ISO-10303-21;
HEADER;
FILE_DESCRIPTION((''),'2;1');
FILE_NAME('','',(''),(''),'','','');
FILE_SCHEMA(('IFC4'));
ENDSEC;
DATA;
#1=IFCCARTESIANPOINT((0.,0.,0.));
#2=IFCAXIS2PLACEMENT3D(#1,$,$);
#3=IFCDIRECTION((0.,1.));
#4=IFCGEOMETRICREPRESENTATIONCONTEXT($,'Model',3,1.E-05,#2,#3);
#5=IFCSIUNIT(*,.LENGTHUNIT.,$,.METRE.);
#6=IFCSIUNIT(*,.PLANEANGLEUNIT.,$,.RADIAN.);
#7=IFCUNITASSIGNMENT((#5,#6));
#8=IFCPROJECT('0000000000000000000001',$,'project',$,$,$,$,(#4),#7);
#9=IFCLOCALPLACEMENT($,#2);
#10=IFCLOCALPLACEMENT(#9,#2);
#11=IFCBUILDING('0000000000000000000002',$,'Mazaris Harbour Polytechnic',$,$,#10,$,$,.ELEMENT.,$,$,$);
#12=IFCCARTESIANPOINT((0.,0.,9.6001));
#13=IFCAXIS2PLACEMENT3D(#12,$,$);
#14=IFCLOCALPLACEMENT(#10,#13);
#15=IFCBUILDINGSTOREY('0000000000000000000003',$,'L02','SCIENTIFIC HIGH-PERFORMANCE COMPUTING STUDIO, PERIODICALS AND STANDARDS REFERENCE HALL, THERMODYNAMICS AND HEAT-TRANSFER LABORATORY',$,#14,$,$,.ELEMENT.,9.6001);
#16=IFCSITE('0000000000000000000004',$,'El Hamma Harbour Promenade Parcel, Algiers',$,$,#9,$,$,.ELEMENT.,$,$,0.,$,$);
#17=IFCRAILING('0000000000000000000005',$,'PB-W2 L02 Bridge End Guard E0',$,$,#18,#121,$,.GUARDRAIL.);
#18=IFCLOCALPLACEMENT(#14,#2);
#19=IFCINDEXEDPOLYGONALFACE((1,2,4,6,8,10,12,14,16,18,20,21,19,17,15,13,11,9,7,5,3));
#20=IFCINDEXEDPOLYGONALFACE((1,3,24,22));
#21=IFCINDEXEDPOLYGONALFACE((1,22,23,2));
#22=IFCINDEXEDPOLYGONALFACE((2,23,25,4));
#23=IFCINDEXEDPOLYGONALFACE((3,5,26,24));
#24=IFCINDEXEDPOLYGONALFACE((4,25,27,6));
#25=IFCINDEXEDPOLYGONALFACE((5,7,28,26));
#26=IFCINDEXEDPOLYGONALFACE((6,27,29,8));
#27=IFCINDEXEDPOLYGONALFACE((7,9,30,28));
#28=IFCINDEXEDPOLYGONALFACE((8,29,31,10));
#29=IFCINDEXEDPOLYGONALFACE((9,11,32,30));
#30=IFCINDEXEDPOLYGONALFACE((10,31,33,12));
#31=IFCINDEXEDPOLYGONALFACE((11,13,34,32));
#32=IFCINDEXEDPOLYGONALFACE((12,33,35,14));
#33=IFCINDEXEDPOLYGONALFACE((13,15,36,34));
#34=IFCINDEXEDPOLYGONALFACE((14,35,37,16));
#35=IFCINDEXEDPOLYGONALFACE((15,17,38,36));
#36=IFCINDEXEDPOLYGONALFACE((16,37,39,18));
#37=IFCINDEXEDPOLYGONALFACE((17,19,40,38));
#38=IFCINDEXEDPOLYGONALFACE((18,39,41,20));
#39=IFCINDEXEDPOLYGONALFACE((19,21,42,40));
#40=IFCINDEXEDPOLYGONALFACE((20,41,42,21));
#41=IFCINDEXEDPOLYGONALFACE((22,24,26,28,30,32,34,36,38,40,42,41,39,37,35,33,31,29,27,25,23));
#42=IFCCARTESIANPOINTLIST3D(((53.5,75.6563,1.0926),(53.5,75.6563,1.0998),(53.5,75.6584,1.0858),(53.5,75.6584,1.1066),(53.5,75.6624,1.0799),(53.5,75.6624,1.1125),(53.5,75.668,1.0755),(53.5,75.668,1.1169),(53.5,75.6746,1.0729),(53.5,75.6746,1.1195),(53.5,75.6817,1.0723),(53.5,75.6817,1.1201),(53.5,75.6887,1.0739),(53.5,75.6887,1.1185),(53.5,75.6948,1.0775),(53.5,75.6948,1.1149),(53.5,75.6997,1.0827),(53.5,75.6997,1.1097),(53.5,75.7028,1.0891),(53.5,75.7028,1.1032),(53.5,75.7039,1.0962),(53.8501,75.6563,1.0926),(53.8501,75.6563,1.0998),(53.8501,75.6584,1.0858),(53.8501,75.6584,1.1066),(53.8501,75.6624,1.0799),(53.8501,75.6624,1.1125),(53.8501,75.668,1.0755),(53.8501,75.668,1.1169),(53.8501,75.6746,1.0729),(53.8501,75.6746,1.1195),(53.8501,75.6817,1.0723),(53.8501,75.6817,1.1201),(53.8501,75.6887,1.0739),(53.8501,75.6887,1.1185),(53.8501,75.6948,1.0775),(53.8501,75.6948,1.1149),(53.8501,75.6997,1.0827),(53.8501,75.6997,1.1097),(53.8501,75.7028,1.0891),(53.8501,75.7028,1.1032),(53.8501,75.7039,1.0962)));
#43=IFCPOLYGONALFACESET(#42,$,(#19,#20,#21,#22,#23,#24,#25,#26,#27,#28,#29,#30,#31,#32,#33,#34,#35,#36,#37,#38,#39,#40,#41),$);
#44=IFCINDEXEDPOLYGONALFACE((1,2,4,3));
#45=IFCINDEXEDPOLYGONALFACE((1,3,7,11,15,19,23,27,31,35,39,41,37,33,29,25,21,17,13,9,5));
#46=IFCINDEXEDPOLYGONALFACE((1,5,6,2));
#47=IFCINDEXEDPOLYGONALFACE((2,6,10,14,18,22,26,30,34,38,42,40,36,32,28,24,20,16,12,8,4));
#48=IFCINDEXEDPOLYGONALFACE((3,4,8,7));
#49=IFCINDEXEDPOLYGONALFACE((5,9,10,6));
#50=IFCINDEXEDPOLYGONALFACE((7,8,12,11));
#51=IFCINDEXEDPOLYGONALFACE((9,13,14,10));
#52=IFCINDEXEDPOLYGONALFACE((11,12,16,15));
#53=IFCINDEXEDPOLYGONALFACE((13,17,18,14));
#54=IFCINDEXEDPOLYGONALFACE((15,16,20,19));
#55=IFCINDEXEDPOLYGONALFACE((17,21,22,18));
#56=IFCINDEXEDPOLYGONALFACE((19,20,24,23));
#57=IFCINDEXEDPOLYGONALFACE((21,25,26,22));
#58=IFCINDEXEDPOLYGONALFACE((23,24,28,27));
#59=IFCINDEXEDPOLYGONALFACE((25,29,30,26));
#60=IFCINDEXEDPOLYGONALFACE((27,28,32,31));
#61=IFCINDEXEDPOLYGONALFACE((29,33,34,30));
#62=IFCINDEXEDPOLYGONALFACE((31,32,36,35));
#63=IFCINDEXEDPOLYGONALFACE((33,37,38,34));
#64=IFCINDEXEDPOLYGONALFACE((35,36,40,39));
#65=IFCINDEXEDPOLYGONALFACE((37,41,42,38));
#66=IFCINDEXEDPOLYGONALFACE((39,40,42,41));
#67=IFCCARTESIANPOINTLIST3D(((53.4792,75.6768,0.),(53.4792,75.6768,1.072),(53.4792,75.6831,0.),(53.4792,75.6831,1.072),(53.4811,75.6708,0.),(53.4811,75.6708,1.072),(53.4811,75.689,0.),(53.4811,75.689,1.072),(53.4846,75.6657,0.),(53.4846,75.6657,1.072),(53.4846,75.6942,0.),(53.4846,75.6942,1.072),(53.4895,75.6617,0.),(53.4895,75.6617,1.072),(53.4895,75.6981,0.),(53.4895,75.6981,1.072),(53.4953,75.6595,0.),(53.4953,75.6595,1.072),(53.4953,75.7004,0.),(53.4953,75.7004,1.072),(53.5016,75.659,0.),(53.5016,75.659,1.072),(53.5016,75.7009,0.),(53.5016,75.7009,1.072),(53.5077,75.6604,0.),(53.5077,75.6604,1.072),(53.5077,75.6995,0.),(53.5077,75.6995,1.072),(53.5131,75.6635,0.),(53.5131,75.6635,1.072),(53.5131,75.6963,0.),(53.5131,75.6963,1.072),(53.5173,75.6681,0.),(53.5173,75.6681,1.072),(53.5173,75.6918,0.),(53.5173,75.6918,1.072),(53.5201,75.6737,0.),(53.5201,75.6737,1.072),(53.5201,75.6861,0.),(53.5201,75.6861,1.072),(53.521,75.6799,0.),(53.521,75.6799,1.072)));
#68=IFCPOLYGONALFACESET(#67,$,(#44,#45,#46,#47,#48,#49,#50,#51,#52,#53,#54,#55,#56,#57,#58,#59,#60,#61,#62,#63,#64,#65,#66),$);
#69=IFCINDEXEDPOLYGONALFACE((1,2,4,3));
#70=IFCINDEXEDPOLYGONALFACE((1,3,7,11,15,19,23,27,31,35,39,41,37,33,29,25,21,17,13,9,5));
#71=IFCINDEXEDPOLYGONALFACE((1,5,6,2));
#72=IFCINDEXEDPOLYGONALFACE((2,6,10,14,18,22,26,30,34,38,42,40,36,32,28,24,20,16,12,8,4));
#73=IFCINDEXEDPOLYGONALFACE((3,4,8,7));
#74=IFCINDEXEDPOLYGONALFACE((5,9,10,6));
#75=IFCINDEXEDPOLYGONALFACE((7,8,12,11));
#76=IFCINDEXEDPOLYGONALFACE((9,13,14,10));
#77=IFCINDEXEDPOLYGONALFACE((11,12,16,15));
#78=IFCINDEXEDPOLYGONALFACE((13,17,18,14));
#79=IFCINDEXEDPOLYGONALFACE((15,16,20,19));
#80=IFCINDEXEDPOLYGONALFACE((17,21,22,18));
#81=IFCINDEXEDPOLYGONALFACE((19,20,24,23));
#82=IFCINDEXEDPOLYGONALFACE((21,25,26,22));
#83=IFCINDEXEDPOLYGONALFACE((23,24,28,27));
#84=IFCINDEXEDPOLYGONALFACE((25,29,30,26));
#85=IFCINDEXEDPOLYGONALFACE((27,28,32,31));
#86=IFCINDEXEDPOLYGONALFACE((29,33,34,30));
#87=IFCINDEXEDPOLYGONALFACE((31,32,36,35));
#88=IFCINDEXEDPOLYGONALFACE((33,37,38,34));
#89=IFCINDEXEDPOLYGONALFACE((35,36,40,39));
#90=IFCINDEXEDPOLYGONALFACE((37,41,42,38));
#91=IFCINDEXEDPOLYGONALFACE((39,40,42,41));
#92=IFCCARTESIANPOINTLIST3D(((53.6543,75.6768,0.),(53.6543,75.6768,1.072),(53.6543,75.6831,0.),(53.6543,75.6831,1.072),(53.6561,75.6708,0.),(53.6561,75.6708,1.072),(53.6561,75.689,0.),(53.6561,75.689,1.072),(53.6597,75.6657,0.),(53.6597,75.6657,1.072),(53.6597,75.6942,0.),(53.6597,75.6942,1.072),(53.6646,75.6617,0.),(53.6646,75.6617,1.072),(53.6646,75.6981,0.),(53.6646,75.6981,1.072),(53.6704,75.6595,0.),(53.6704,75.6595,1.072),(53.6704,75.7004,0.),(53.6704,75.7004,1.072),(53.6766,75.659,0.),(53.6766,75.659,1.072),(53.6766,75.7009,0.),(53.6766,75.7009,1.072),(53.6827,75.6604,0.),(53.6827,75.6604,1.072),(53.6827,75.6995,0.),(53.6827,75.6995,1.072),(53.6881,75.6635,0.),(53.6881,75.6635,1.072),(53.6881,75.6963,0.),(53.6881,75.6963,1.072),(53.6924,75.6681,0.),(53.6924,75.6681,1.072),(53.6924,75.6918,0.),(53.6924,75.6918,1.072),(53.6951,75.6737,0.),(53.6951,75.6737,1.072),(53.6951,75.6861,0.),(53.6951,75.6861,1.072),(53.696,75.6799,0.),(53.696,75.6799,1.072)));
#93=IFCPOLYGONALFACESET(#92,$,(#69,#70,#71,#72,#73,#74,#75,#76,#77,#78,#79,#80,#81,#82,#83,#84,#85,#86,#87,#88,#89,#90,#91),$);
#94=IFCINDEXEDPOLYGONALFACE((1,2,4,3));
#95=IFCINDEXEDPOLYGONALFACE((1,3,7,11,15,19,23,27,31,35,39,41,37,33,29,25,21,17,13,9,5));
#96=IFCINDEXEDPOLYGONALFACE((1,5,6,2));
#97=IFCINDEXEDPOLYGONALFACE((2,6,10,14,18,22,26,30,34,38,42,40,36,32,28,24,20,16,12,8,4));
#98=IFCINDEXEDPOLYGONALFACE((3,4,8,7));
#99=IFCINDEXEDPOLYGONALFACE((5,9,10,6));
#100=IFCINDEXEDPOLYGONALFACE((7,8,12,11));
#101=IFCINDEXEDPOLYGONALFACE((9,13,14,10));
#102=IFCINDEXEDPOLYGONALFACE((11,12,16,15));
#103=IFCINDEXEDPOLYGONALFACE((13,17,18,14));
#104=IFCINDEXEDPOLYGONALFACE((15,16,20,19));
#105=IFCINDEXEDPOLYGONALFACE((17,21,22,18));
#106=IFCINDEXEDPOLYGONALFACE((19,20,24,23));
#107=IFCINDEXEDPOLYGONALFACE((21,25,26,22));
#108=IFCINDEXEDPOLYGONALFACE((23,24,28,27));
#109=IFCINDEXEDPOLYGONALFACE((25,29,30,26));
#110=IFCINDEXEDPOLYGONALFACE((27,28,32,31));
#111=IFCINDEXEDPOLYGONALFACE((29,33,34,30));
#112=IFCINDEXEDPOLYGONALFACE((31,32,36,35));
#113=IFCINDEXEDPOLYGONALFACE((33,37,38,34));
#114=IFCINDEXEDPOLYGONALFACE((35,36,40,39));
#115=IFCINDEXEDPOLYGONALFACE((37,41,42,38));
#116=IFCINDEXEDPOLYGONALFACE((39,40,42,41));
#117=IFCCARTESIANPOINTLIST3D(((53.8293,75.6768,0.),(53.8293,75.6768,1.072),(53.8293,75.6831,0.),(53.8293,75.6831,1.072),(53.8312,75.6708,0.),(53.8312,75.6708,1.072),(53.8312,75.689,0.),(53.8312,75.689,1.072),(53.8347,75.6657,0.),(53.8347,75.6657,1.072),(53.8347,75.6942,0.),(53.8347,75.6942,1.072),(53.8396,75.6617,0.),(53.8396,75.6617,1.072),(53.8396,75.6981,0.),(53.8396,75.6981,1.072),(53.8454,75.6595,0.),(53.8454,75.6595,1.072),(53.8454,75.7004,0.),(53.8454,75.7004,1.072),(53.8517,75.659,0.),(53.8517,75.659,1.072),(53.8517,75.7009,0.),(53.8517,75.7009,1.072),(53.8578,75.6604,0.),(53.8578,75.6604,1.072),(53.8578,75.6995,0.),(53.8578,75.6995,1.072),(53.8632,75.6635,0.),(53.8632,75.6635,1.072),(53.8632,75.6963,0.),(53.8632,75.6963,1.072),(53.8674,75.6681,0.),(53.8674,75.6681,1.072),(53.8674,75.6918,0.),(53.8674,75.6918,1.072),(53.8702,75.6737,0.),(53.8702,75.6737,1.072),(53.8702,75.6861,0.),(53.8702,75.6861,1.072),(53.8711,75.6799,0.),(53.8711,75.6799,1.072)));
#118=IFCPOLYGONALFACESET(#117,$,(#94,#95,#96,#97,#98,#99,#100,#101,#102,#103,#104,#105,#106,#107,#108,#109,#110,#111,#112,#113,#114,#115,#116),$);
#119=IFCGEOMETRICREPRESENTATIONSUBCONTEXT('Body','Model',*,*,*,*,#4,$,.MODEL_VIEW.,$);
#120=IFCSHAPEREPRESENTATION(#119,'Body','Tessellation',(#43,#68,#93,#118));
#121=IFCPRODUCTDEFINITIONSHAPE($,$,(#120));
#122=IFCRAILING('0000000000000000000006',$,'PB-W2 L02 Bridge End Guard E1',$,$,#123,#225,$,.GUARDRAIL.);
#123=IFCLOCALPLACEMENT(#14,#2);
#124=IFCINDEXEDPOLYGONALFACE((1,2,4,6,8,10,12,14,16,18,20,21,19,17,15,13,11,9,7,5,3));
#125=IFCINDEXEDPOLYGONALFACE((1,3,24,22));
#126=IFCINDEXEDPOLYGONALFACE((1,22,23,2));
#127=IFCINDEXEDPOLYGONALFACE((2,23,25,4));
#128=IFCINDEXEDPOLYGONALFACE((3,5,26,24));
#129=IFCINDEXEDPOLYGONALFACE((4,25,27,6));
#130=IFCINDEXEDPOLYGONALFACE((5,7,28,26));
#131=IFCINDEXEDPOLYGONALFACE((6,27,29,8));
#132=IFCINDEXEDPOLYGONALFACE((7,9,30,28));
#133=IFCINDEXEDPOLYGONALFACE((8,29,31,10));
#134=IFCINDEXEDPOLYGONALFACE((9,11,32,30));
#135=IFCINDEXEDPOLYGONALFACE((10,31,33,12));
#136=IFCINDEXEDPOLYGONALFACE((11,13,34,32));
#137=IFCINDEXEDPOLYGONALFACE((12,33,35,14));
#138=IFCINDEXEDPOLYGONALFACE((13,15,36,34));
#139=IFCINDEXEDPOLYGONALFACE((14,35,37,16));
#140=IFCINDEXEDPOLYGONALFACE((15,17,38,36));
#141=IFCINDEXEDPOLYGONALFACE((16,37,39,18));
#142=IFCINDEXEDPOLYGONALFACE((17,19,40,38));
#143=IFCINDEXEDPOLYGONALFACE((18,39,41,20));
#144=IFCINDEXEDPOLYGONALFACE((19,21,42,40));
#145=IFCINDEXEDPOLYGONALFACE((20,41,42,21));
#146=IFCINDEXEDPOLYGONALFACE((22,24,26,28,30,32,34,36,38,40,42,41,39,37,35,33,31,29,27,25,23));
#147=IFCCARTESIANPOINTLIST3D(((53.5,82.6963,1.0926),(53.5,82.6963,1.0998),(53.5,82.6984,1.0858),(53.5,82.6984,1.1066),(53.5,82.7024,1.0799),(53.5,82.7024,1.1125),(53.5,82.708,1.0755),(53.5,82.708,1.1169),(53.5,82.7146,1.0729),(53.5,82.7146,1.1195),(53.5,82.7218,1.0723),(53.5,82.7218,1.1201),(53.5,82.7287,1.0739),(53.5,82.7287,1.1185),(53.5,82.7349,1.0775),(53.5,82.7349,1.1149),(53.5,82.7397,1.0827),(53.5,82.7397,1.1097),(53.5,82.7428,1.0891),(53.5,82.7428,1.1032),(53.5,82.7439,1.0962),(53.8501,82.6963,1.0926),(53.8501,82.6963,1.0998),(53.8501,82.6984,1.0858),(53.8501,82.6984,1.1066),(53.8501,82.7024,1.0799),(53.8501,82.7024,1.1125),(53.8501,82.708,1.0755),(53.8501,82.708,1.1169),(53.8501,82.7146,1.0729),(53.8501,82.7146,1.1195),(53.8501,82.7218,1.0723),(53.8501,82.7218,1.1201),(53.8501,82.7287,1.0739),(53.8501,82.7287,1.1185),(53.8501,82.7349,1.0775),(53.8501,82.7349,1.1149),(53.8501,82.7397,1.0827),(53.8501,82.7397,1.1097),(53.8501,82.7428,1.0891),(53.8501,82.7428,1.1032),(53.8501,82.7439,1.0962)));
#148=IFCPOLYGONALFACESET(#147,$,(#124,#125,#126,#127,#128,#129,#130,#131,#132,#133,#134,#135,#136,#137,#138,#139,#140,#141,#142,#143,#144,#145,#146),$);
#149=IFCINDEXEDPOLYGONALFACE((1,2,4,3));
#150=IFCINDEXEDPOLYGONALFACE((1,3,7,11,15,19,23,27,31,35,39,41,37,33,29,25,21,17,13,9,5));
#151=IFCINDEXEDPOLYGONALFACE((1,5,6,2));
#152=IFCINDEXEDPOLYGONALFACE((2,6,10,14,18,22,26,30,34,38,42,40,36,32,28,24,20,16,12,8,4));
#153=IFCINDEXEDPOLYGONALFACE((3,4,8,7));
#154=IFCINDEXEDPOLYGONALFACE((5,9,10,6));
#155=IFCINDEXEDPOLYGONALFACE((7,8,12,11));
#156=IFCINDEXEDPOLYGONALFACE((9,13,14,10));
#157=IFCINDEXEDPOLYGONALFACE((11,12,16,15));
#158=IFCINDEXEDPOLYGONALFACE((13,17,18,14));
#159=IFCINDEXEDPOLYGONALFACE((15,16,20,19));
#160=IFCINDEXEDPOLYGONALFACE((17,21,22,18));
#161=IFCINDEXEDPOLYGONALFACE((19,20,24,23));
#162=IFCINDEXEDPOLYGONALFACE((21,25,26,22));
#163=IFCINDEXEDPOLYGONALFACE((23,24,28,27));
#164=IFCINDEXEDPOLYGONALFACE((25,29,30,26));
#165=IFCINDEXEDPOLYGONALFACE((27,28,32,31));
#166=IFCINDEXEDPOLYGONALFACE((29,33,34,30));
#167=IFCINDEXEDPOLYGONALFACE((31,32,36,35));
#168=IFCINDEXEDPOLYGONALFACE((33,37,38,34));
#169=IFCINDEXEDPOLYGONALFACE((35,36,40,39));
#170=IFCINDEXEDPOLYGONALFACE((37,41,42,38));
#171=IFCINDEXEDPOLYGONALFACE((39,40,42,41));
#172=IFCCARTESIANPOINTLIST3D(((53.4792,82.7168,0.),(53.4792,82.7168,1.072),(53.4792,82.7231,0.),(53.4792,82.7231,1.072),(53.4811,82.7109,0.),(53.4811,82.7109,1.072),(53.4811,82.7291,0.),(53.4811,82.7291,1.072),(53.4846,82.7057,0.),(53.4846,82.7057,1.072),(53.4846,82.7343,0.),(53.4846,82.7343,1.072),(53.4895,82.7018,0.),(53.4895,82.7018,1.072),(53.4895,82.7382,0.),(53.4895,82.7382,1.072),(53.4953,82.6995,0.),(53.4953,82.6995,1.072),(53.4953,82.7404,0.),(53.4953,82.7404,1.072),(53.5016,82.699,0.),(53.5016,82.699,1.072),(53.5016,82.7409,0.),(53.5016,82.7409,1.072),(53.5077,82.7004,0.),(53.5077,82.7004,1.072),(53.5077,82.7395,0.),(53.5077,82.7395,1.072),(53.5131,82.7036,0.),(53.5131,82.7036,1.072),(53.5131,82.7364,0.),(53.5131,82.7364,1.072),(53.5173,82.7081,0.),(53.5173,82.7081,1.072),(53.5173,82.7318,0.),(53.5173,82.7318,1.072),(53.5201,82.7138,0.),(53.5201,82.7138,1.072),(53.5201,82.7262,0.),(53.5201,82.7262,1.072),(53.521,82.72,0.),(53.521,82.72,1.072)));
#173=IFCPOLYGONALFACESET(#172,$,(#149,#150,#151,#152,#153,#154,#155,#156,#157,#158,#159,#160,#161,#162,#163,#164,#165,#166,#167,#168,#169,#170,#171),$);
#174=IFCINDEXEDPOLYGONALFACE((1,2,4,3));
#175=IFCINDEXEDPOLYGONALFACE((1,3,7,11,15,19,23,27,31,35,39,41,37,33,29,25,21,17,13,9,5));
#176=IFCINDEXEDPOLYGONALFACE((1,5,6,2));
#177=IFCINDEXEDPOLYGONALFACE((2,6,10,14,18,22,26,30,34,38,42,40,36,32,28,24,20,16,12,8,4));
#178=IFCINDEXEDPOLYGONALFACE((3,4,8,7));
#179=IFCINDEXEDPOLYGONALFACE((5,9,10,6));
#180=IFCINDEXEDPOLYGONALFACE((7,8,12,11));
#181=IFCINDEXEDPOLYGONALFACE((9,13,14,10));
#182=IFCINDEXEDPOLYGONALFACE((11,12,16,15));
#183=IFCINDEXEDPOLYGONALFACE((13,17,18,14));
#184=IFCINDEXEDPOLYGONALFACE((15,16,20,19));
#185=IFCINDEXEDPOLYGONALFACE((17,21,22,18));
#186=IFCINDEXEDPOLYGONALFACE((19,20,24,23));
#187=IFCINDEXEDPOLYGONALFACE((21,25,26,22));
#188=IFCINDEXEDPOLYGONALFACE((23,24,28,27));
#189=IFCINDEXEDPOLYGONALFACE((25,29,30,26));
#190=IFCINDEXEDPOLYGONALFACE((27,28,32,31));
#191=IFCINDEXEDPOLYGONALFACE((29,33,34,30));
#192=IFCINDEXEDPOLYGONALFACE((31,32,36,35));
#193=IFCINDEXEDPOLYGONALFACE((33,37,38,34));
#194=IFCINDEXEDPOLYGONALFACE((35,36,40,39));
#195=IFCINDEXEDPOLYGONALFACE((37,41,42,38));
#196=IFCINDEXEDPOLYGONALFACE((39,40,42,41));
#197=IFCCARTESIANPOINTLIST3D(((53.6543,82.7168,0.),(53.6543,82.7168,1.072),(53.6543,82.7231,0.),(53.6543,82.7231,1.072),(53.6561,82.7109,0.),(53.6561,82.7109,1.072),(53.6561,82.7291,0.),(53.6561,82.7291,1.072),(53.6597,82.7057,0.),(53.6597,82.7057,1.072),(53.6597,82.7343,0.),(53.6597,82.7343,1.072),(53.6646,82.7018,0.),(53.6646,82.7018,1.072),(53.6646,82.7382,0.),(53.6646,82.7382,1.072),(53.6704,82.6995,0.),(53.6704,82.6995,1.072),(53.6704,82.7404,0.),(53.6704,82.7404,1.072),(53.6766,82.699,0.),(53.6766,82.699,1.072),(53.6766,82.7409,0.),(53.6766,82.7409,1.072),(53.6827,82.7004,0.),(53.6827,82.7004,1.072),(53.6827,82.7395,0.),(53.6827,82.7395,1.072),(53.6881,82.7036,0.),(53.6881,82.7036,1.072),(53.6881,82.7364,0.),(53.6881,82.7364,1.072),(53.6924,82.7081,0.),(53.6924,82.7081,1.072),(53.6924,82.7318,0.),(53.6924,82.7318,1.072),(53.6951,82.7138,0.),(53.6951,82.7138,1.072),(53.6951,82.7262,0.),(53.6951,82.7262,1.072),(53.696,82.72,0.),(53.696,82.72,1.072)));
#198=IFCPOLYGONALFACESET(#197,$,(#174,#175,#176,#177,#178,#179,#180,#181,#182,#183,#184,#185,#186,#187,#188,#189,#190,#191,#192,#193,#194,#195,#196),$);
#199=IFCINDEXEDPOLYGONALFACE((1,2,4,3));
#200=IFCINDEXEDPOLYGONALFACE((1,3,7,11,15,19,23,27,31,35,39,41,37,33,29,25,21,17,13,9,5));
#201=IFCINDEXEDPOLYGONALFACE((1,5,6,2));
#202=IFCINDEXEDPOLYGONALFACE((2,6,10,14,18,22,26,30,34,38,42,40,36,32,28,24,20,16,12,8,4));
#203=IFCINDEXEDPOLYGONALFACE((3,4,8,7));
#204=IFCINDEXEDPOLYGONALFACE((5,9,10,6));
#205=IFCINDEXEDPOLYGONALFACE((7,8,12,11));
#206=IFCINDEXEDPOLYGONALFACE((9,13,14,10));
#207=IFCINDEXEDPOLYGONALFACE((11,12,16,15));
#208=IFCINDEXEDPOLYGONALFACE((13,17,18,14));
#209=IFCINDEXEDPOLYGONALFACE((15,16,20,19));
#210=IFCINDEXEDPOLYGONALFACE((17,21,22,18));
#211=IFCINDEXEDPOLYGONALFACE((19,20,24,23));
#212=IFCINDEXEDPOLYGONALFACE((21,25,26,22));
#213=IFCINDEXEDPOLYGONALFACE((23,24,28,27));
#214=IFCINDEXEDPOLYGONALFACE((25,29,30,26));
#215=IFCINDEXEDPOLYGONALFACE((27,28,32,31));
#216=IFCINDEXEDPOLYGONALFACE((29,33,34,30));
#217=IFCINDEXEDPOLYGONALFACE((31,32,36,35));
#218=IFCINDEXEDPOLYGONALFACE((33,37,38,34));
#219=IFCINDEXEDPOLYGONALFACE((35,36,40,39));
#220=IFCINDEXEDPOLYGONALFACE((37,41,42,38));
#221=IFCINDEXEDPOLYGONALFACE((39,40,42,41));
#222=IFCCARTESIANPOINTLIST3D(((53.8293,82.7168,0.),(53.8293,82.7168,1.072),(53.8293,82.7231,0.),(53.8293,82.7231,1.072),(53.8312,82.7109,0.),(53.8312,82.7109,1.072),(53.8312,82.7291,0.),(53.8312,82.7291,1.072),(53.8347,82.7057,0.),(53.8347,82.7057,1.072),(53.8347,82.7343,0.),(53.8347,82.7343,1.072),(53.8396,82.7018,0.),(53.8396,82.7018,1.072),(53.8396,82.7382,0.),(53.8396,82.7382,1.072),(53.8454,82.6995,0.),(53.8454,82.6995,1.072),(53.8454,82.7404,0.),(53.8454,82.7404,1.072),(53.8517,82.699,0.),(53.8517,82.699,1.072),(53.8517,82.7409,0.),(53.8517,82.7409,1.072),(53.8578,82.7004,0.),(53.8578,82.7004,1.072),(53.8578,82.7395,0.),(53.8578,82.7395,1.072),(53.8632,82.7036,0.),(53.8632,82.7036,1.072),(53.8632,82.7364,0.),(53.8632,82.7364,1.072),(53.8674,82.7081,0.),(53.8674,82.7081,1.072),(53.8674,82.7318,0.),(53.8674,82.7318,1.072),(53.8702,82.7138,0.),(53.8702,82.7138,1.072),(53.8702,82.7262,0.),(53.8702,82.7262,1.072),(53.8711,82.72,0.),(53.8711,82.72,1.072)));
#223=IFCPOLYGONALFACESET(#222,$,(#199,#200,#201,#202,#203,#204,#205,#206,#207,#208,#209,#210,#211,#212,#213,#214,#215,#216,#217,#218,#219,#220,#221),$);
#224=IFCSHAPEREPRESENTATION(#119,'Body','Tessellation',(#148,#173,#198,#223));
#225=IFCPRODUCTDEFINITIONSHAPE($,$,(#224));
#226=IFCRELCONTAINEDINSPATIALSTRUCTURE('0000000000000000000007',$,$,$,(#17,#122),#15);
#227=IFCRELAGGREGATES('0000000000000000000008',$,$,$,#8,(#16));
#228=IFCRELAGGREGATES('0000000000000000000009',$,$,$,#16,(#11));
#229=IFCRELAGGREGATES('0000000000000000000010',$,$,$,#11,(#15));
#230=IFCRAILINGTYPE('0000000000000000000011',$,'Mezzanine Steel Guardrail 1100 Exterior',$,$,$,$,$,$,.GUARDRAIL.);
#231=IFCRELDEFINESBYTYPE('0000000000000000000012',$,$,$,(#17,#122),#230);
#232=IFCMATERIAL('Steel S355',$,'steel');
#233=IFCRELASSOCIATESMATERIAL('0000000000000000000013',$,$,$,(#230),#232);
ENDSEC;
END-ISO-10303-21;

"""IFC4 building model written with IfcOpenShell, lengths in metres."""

from ifc_helpers import new_model, si_unit, direction, frame, origin, origin_2d, place, context, subcontext, project, spatial, circle, extrude, material, type_object, element, save


model = new_model("IFC4")

# Units and contexts
model_context = context("Model", 3, precision=1e-05, world=origin(), true_north=direction((0.0, 1.0)))
body_context = subcontext(model_context, "Body", "Model", "MODEL_VIEW")
ifc_project = project(units=[si_unit("LENGTHUNIT", "METRE"), si_unit("PLANEANGLEUNIT", "RADIAN")], contexts=[model_context])

# Site, building, storey
site_placement = place(None, origin())
site = spatial("IfcSite", under=ifc_project, at=site_placement, Name="El Hamma Harbour Promenade Parcel, Algiers", CompositionType="ELEMENT", RefElevation=0.0)
building_placement = place(site_placement, origin())
building = spatial("IfcBuilding", under=site, at=building_placement, Name="Mazaris Harbour Polytechnic", CompositionType="ELEMENT")
storey_placement = place(building_placement, frame((0.0, 0.0, 9.6001)))
storey = spatial("IfcBuildingStorey", under=building, at=storey_placement, Name="L02", Description="SCIENTIFIC HIGH-PERFORMANCE COMPUTING STUDIO, PERIODICALS AND STANDARDS REFERENCE HALL, THERMODYNAMICS AND HEAT-TRANSFER LABORATORY", CompositionType="ELEMENT", Elevation=9.6001)

# Railings
ifc_material_1 = material(Name="Steel S355", Category="steel")
railing_type_1 = type_object("IfcRailingType", Name="Mezzanine Steel Guardrail 1100 Exterior", PredefinedType="GUARDRAIL", material=ifc_material_1)
for number, where, name in (
    (1, (53.5, 75.6799, 0.0), "PB-W2 L02 Bridge End Guard E0"),
    (2, (53.5, 82.72, 0.0), "PB-W2 L02 Bridge End Guard E1"),
):
    element("IfcRailing", number, at=place(storey_placement, frame(where)), inside=storey, type_object=railing_type_1, Name=name, PredefinedType="GUARDRAIL", context=body_context, shape_type="SweptSolid", body=[
        extrude(circle(Radius=0.0239, at=origin_2d()), frame((0.0, 0.0, 1.0962), z_axis=(1.0, 0.0, 0.0), x_axis=(0.0, 1.0, 0.0)), (0.0, 0.0, 1.0), 0.3501),
        extrude(circle(Radius=0.021, at=origin_2d()), origin(), (0.0, 0.0, 1.0), 1.072),
        extrude(circle(Radius=0.021, at=origin_2d()), frame((0.175, 0.0, 0.0)), (0.0, 0.0, 1.0), 1.072),
        extrude(circle(Radius=0.021, at=origin_2d()), frame((0.3501, 0.0, 0.0)), (0.0, 0.0, 1.0), 1.072),
    ])

save(model, "model.ifc")
